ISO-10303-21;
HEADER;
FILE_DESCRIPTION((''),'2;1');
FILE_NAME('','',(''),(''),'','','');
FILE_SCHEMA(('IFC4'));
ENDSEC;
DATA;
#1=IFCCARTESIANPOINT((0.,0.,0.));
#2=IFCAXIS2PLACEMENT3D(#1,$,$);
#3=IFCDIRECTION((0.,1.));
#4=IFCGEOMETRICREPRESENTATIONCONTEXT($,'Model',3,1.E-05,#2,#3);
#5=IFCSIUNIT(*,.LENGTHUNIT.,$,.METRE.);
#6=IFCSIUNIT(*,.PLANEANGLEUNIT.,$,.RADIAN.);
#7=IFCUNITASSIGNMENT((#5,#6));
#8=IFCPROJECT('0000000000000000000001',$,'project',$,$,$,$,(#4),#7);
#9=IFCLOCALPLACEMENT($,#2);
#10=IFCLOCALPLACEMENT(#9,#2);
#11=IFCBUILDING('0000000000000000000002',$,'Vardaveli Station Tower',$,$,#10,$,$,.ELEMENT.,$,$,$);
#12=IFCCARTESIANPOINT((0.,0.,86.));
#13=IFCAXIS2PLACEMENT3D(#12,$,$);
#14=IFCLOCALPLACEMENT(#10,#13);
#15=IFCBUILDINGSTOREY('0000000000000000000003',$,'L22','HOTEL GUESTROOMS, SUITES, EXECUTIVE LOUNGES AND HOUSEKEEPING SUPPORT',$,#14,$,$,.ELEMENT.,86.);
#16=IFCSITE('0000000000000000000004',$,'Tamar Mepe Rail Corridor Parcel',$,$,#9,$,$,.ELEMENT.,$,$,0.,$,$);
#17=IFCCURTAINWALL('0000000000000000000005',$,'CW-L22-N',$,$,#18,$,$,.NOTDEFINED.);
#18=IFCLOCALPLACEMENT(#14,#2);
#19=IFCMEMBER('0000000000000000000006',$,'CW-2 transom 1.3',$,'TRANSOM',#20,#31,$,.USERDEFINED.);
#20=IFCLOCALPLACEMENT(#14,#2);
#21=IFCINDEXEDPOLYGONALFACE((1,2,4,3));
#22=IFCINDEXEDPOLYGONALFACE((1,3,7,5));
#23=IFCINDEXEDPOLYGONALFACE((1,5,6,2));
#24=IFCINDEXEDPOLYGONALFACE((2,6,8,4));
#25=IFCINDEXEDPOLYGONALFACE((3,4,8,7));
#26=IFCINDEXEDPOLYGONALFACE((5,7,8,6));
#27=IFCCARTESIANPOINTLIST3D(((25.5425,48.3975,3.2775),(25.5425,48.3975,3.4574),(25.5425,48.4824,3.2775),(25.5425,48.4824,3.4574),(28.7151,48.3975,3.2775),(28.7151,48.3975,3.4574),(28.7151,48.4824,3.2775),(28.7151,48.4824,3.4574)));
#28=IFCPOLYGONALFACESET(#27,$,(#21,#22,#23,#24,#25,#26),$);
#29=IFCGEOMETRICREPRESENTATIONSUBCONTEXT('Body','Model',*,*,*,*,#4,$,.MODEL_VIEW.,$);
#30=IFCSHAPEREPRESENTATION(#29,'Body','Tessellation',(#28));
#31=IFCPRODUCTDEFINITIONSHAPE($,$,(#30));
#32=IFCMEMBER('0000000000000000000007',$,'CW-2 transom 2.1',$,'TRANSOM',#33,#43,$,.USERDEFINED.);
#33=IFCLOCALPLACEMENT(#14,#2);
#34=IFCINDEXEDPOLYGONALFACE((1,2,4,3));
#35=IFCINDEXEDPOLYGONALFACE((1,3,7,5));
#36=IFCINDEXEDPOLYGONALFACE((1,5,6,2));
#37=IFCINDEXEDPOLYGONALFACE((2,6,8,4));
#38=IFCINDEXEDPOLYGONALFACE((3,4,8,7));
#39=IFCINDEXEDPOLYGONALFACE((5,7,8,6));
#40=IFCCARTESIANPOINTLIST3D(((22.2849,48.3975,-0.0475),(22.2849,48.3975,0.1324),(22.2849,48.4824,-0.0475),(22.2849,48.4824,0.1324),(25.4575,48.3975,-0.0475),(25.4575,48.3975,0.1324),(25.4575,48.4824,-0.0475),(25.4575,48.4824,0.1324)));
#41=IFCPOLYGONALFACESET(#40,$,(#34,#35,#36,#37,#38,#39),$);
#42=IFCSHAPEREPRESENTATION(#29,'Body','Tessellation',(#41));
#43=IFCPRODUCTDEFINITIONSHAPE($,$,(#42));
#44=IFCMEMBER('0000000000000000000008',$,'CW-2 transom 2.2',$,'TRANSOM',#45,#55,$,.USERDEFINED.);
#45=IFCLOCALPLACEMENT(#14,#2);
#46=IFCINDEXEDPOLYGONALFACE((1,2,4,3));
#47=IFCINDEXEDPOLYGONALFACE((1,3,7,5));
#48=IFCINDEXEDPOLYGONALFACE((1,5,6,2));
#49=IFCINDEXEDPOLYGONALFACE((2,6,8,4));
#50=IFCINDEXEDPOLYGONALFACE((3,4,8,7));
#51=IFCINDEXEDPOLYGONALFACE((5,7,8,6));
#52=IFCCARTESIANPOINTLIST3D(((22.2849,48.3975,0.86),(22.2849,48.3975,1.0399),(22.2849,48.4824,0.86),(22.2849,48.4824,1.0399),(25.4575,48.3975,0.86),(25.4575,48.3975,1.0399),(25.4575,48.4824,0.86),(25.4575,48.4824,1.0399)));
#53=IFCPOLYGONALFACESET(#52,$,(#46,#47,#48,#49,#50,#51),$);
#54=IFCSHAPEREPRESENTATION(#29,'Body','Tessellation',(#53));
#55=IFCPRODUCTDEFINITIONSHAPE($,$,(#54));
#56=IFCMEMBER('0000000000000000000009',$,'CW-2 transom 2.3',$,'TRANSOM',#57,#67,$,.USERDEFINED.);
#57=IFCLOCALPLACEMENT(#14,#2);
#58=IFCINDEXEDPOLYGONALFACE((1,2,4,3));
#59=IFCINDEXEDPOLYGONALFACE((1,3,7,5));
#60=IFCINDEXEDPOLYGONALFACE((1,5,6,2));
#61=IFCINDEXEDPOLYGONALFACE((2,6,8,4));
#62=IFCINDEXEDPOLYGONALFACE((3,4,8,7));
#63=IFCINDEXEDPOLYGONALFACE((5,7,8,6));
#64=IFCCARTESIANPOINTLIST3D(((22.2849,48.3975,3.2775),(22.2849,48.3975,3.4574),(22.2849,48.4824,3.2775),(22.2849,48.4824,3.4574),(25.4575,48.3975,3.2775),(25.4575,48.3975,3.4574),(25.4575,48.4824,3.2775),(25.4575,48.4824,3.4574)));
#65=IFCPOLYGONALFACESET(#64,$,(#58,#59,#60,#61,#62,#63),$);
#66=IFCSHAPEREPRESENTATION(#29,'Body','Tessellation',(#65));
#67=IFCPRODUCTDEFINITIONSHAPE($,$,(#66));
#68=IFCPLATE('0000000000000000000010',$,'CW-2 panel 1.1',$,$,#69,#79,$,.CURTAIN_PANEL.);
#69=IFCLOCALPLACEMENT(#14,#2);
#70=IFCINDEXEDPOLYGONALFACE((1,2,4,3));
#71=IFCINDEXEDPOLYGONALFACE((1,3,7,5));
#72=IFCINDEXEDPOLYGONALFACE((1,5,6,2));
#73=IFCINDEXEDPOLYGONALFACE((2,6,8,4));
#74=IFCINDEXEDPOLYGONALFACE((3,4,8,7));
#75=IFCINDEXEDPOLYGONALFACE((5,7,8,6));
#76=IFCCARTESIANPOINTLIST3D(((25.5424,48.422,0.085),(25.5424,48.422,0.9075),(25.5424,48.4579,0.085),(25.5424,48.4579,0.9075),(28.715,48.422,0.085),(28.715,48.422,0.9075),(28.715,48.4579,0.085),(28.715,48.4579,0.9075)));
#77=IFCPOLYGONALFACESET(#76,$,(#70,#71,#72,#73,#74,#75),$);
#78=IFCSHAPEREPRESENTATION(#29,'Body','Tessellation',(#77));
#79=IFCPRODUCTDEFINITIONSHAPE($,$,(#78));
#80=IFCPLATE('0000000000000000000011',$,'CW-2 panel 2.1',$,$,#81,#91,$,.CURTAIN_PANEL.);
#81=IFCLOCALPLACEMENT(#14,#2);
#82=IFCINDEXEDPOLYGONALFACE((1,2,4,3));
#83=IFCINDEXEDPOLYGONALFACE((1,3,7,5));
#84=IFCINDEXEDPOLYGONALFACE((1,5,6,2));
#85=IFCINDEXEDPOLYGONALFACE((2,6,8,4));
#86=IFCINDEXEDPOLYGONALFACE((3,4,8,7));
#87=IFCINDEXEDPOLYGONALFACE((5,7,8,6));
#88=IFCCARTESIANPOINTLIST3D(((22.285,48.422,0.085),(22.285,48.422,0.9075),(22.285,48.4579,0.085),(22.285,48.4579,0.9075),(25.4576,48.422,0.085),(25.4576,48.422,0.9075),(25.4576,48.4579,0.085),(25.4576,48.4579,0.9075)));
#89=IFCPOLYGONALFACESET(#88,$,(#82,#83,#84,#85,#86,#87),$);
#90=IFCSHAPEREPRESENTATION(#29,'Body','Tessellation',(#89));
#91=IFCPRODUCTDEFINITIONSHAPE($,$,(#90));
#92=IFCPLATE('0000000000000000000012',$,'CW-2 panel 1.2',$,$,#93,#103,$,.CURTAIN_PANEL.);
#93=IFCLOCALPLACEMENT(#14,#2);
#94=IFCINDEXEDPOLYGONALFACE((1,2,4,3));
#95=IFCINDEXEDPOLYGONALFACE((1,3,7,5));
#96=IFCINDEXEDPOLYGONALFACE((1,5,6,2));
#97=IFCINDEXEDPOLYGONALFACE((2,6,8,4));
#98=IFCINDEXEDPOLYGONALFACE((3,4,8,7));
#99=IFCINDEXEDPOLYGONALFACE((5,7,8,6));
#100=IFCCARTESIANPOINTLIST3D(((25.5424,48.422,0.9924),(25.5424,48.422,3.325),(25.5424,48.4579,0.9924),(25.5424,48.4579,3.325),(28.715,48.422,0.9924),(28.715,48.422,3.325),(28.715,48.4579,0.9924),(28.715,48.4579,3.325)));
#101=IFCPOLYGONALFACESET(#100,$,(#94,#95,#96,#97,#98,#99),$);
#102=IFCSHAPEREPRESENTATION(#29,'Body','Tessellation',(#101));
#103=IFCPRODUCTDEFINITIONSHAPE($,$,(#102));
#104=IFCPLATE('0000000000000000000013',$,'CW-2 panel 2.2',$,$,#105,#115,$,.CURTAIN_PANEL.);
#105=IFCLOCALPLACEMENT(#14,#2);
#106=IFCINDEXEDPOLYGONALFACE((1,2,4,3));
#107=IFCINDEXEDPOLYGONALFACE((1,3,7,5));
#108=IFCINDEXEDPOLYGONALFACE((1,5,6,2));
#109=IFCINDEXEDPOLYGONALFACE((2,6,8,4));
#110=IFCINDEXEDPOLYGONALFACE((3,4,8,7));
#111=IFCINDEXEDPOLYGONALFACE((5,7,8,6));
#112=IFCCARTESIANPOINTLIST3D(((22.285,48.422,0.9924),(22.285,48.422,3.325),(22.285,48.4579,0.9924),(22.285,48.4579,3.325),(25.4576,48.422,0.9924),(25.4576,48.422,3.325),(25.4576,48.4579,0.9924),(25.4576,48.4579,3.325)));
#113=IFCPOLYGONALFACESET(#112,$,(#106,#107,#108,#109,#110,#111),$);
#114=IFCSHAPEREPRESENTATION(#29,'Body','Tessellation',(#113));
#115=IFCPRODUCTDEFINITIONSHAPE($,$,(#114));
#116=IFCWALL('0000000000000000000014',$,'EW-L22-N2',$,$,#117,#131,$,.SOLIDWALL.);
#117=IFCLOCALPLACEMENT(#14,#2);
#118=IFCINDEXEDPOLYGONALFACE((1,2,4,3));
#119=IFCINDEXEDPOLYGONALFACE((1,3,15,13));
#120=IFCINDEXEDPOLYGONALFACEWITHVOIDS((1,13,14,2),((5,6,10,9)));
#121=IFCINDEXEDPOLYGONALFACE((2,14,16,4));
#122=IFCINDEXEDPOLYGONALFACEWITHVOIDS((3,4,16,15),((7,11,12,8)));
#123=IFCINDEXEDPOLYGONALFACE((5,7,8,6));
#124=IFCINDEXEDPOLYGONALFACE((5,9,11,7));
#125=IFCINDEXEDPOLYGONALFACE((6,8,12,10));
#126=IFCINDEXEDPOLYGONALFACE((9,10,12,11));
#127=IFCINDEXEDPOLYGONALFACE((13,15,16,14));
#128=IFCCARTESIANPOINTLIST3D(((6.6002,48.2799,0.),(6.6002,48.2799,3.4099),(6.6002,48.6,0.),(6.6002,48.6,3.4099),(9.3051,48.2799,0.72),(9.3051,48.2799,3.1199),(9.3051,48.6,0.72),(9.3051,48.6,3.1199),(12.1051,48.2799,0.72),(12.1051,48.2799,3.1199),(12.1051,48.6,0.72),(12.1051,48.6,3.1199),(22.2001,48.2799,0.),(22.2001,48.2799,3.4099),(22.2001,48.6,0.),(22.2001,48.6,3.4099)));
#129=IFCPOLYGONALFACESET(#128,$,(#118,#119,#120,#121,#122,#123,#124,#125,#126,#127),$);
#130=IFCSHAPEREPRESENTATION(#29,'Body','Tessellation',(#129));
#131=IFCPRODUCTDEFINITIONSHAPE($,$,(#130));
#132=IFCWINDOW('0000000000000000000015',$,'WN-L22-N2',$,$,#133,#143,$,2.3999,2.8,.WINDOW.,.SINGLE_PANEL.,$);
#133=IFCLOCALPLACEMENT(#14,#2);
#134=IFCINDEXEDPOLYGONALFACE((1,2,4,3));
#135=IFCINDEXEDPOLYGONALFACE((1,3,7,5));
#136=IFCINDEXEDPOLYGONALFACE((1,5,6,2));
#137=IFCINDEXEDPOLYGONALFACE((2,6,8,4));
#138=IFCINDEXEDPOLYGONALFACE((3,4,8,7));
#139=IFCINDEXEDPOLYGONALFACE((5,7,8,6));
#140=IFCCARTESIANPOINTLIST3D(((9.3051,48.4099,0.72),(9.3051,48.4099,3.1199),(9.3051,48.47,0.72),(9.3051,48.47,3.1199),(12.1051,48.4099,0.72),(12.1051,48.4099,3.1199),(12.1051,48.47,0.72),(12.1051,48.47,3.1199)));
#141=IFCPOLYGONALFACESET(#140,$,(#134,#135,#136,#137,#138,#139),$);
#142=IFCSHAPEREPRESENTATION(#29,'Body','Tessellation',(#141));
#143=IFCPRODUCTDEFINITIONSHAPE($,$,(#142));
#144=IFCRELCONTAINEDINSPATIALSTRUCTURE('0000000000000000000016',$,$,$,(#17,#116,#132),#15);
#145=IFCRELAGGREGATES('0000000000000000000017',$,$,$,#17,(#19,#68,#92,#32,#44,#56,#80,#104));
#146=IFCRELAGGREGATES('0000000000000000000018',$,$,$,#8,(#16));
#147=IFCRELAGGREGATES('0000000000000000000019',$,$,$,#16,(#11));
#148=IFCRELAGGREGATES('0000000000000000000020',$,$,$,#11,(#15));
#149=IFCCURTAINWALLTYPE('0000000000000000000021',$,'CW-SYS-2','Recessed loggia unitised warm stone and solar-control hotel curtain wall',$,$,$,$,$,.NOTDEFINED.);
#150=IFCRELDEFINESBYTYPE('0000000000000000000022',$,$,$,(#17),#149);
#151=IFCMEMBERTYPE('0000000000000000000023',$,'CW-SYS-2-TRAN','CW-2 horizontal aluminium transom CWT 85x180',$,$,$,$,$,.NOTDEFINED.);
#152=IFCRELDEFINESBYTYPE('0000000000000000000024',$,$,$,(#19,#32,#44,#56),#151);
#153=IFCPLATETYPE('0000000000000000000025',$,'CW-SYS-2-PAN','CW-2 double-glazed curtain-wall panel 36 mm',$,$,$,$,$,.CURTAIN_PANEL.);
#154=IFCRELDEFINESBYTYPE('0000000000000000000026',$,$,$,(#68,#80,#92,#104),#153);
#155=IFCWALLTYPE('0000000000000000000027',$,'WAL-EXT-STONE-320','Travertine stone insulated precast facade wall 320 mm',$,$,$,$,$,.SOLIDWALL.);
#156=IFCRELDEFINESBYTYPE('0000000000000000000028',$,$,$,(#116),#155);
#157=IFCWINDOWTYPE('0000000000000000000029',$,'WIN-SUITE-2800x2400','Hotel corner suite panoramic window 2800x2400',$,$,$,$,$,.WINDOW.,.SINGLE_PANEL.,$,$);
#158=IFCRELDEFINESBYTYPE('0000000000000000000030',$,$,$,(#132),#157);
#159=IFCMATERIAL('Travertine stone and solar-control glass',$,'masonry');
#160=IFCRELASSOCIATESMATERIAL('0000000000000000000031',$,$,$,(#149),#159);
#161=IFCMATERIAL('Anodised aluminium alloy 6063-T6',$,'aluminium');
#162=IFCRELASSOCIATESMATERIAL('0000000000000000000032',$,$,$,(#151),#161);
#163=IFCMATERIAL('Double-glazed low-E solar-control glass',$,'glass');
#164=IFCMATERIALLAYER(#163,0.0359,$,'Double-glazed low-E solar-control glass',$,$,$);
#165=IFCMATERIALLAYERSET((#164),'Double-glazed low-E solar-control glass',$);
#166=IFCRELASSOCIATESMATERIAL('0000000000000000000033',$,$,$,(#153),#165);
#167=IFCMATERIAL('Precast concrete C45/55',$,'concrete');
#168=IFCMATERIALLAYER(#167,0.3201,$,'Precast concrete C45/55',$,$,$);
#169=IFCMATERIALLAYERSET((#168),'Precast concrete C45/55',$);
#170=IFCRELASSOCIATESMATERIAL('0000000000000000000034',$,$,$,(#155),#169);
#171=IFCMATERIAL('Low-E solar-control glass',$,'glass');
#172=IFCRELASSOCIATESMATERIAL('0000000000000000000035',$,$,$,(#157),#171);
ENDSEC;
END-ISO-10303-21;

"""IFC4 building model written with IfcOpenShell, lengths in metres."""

from ifc_helpers import new_model, si_unit, direction, frame, frame_2d, origin, origin_2d, place, context, subcontext, project, spatial, rectangle, extrude, source, transform, mapped, material, layer, layer_set, material_profile, profile_set, type_object, element, fill, aggregate, save


model = new_model("IFC4")

# Units and contexts
model_context = context("Model", 3, precision=1e-05, world=origin(), true_north=direction((0.0, 1.0)))
body_context = subcontext(model_context, "Body", "Model", "MODEL_VIEW")
ifc_project = project(units=[si_unit("LENGTHUNIT", "METRE"), si_unit("PLANEANGLEUNIT", "RADIAN")], contexts=[model_context])

# Site, building, storey
site_placement = place(None, origin())
site = spatial("IfcSite", under=ifc_project, at=site_placement, Name="Tamar Mepe Rail Corridor Parcel", CompositionType="ELEMENT", RefElevation=0.0)
building_placement = place(site_placement, origin())
building = spatial("IfcBuilding", under=site, at=building_placement, Name="Vardaveli Station Tower", CompositionType="ELEMENT")
storey_placement = place(building_placement, frame((0.0, 0.0, 86.0)))
storey = spatial("IfcBuildingStorey", under=building, at=storey_placement, Name="L22", Description="HOTEL GUESTROOMS, SUITES, EXECUTIVE LOUNGES AND HOUSEKEEPING SUPPORT", CompositionType="ELEMENT", Elevation=86.0)

# Shared definitions
ifc_material_1 = material(Name="Precast concrete C45/55", Category="concrete")

# Curtain wall, members, plates
ifc_material_2 = material(Name="Travertine stone and solar-control glass", Category="masonry")
curtain_wall_type = type_object("IfcCurtainWallType", Name="CW-SYS-2", Description="Recessed loggia unitised warm stone and solar-control hotel curtain wall", PredefinedType="NOTDEFINED", material=ifc_material_2)
curtain_wall_placement = place(storey_placement, origin())
curtain_wall = element("IfcCurtainWall", 1, at=curtain_wall_placement, inside=storey, type_object=curtain_wall_type, Name="CW-L22-N", PredefinedType="NOTDEFINED")
ifc_material_3 = material(Name="Anodised aluminium alloy 6063-T6", Category="aluminium")
ifc_material_profile_1 = material_profile(ifc_material_3, rectangle(XDim=0.085, YDim=0.1799, at=origin_2d()), Name="CWT 85x180")
ifc_profile_set_1 = profile_set([ifc_material_profile_1], Name="Anodised aluminium alloy 6063-T6")
member_type_1 = type_object("IfcMemberType", Name="CW-SYS-2-TRAN", Description="CW-2 horizontal aluminium transom CWT 85x180", PredefinedType="NOTDEFINED", material=ifc_profile_set_1)
shared_shape_1 = source(origin(), body_context, "Body", "SweptSolid", [
    extrude(rectangle(XDim=0.085, YDim=0.1799, at=origin_2d()), origin(), (0.0, 0.0, 1.0), 3.1726),
])
member_1_placement = place(storey_placement, frame((28.7151, 48.4399, 3.3674), z_axis=(-1.0, 0.0, 0.0), x_axis=(0.0, -1.0, 0.0)))
member_1 = element("IfcMember", 2, at=member_1_placement, type_object=member_type_1, Name="CW-2 transom 1.3", ObjectType="TRANSOM", PredefinedType="USERDEFINED", context=body_context, shape_type="MappedRepresentation", body=[
    mapped(shared_shape_1, transform((0.0, 0.0, 0.0), scale=1.0)),
])
member_2_placement = place(storey_placement, frame((25.4575, 48.4399, 0.0425), z_axis=(-1.0, 0.0, 0.0), x_axis=(0.0, -1.0, 0.0)))
member_2 = element("IfcMember", 3, at=member_2_placement, type_object=member_type_1, Name="CW-2 transom 2.1", ObjectType="TRANSOM", PredefinedType="USERDEFINED", context=body_context, shape_type="MappedRepresentation", body=[
    mapped(shared_shape_1, transform((0.0, 0.0, 0.0), scale=1.0)),
])
member_3_placement = place(storey_placement, frame((25.4575, 48.4399, 0.95), z_axis=(-1.0, 0.0, 0.0), x_axis=(0.0, -1.0, 0.0)))
member_3 = element("IfcMember", 4, at=member_3_placement, type_object=member_type_1, Name="CW-2 transom 2.2", ObjectType="TRANSOM", PredefinedType="USERDEFINED", context=body_context, shape_type="MappedRepresentation", body=[
    mapped(shared_shape_1, transform((0.0, 0.0, 0.0), scale=1.0)),
])
member_4_placement = place(storey_placement, frame((25.4575, 48.4399, 3.3674), z_axis=(-1.0, 0.0, 0.0), x_axis=(0.0, -1.0, 0.0)))
member_4 = element("IfcMember", 5, at=member_4_placement, type_object=member_type_1, Name="CW-2 transom 2.3", ObjectType="TRANSOM", PredefinedType="USERDEFINED", context=body_context, shape_type="MappedRepresentation", body=[
    mapped(shared_shape_1, transform((0.0, 0.0, 0.0), scale=1.0)),
])
ifc_material_4 = material(Name="Double-glazed low-E solar-control glass", Category="glass")
ifc_layer_1 = layer(ifc_material_4, 0.0359, Name="Double-glazed low-E solar-control glass")
ifc_layer_set_1 = layer_set([ifc_layer_1], Name="Double-glazed low-E solar-control glass")
plate_type = type_object("IfcPlateType", Name="CW-SYS-2-PAN", Description="CW-2 double-glazed curtain-wall panel 36 mm", PredefinedType="CURTAIN_PANEL", material=ifc_layer_set_1)
shared_shape_2 = source(origin(), body_context, "Body", "SweptSolid", [
    extrude(rectangle(XDim=3.1726, YDim=0.0359, at=origin_2d()), origin(), (0.0, 0.0, 1.0), 0.8225),
])
plate_1_placement = place(storey_placement, frame((27.1287, 48.4399, 0.085), z_axis=(0.0, 0.0, 1.0), x_axis=(-1.0, 0.0, 0.0)))
plate_1 = element("IfcPlate", 6, at=plate_1_placement, type_object=plate_type, Name="CW-2 panel 1.1", PredefinedType="CURTAIN_PANEL", context=body_context, shape_type="MappedRepresentation", body=[
    mapped(shared_shape_2, transform((0.0, 0.0, 0.0), scale=1.0)),
])
plate_2_placement = place(storey_placement, frame((23.8713, 48.4399, 0.085), z_axis=(0.0, 0.0, 1.0), x_axis=(-1.0, 0.0, 0.0)))
plate_2 = element("IfcPlate", 7, at=plate_2_placement, type_object=plate_type, Name="CW-2 panel 2.1", PredefinedType="CURTAIN_PANEL", context=body_context, shape_type="MappedRepresentation", body=[
    mapped(shared_shape_2, transform((0.0, 0.0, 0.0), scale=1.0)),
])
shared_shape_3 = source(origin(), body_context, "Body", "SweptSolid", [
    extrude(rectangle(XDim=3.1726, YDim=0.0359, at=origin_2d()), origin(), (0.0, 0.0, 1.0), 2.3325),
])
plate_3_placement = place(storey_placement, frame((27.1287, 48.4399, 0.9924), z_axis=(0.0, 0.0, 1.0), x_axis=(-1.0, 0.0, 0.0)))
plate_3 = element("IfcPlate", 8, at=plate_3_placement, type_object=plate_type, Name="CW-2 panel 1.2", PredefinedType="CURTAIN_PANEL", context=body_context, shape_type="MappedRepresentation", body=[
    mapped(shared_shape_3, transform((0.0, 0.0, 0.0), scale=1.0)),
])
plate_4_placement = place(storey_placement, frame((23.8713, 48.4399, 0.9924), z_axis=(0.0, 0.0, 1.0), x_axis=(-1.0, 0.0, 0.0)))
plate_4 = element("IfcPlate", 9, at=plate_4_placement, type_object=plate_type, Name="CW-2 panel 2.2", PredefinedType="CURTAIN_PANEL", context=body_context, shape_type="MappedRepresentation", body=[
    mapped(shared_shape_3, transform((0.0, 0.0, 0.0), scale=1.0)),
])
aggregate(curtain_wall, [member_1, plate_1, plate_3, member_2, member_3, member_4, plate_2, plate_4])

# Wall, opening, window
ifc_layer_2 = layer(ifc_material_1, 0.3201, Name="Precast concrete C45/55")
ifc_layer_set_2 = layer_set([ifc_layer_2], Name="Precast concrete C45/55")
wall_type_1 = type_object("IfcWallType", Name="WAL-EXT-STONE-320", Description="Travertine stone insulated precast facade wall 320 mm", PredefinedType="SOLIDWALL", material=ifc_layer_set_2)
shared_shape_4 = source(origin(), body_context, "Body", "SweptSolid", [
    extrude(rectangle(XDim=15.5999, YDim=0.3201, at=frame_2d((7.7998, 0.0))), origin(), (0.0, 0.0, 1.0), 3.4099),
])
wall_1_placement = place(storey_placement, frame((22.2, 48.4399, 0.0), z_axis=(0.0, 0.0, 1.0), x_axis=(-1.0, 0.0, 0.0)))
wall_1 = element("IfcWall", 10, at=wall_1_placement, inside=storey, type_object=wall_type_1, Name="EW-L22-N2", PredefinedType="SOLIDWALL", context=body_context, shape_type="MappedRepresentation", body=[
    mapped(shared_shape_4, transform((0.0, 0.0, 0.0), scale=1.0)),
])
shared_shape_5 = source(origin(), body_context, "Body", "SweptSolid", [
    extrude(rectangle(XDim=2.8, YDim=2.3999, at=frame_2d((1.3999, 1.2))), frame((0.0, 0.1699, 0.0), z_axis=(0.0, -1.0, 0.0), x_axis=(1.0, 0.0, 0.0)), (0.0, 0.0, 1.0), 0.3401),
])
opening_1_placement = place(wall_1_placement, frame((10.095, 0.0, 0.72)))
opening_1 = element("IfcOpeningElement", 11, at=opening_1_placement, cuts=wall_1, PredefinedType="OPENING", context=body_context, shape_type="MappedRepresentation", body=[
    mapped(shared_shape_5, transform((0.0, 0.0, 0.0), scale=1.0)),
])
ifc_material_5 = material(Name="Low-E solar-control glass", Category="glass")
window_type = type_object("IfcWindowType", Name="WIN-SUITE-2800x2400", Description="Hotel corner suite panoramic window 2800x2400", PartitioningType="SINGLE_PANEL", PredefinedType="WINDOW", material=ifc_material_5)
shared_shape_6 = source(origin(), body_context, "Body", "SweptSolid", [
    extrude(rectangle(XDim=2.8, YDim=2.3999, at=frame_2d((1.3999, 1.2))), frame((0.0, 0.03, 0.0), z_axis=(0.0, -1.0, 0.0), x_axis=(1.0, 0.0, 0.0)), (0.0, 0.0, 1.0), 0.0601),
])
window_placement = place(opening_1_placement, origin())
window = element("IfcWindow", 12, at=window_placement, inside=storey, type_object=window_type, Name="WN-L22-N2", OverallHeight=2.3999, OverallWidth=2.8, PartitioningType="SINGLE_PANEL", PredefinedType="WINDOW", context=body_context, shape_type="MappedRepresentation", body=[
    mapped(shared_shape_6, transform((0.0, 0.0, 0.0), scale=1.0)),
])
fill(opening_1, window)

save(model, "model.ifc")
